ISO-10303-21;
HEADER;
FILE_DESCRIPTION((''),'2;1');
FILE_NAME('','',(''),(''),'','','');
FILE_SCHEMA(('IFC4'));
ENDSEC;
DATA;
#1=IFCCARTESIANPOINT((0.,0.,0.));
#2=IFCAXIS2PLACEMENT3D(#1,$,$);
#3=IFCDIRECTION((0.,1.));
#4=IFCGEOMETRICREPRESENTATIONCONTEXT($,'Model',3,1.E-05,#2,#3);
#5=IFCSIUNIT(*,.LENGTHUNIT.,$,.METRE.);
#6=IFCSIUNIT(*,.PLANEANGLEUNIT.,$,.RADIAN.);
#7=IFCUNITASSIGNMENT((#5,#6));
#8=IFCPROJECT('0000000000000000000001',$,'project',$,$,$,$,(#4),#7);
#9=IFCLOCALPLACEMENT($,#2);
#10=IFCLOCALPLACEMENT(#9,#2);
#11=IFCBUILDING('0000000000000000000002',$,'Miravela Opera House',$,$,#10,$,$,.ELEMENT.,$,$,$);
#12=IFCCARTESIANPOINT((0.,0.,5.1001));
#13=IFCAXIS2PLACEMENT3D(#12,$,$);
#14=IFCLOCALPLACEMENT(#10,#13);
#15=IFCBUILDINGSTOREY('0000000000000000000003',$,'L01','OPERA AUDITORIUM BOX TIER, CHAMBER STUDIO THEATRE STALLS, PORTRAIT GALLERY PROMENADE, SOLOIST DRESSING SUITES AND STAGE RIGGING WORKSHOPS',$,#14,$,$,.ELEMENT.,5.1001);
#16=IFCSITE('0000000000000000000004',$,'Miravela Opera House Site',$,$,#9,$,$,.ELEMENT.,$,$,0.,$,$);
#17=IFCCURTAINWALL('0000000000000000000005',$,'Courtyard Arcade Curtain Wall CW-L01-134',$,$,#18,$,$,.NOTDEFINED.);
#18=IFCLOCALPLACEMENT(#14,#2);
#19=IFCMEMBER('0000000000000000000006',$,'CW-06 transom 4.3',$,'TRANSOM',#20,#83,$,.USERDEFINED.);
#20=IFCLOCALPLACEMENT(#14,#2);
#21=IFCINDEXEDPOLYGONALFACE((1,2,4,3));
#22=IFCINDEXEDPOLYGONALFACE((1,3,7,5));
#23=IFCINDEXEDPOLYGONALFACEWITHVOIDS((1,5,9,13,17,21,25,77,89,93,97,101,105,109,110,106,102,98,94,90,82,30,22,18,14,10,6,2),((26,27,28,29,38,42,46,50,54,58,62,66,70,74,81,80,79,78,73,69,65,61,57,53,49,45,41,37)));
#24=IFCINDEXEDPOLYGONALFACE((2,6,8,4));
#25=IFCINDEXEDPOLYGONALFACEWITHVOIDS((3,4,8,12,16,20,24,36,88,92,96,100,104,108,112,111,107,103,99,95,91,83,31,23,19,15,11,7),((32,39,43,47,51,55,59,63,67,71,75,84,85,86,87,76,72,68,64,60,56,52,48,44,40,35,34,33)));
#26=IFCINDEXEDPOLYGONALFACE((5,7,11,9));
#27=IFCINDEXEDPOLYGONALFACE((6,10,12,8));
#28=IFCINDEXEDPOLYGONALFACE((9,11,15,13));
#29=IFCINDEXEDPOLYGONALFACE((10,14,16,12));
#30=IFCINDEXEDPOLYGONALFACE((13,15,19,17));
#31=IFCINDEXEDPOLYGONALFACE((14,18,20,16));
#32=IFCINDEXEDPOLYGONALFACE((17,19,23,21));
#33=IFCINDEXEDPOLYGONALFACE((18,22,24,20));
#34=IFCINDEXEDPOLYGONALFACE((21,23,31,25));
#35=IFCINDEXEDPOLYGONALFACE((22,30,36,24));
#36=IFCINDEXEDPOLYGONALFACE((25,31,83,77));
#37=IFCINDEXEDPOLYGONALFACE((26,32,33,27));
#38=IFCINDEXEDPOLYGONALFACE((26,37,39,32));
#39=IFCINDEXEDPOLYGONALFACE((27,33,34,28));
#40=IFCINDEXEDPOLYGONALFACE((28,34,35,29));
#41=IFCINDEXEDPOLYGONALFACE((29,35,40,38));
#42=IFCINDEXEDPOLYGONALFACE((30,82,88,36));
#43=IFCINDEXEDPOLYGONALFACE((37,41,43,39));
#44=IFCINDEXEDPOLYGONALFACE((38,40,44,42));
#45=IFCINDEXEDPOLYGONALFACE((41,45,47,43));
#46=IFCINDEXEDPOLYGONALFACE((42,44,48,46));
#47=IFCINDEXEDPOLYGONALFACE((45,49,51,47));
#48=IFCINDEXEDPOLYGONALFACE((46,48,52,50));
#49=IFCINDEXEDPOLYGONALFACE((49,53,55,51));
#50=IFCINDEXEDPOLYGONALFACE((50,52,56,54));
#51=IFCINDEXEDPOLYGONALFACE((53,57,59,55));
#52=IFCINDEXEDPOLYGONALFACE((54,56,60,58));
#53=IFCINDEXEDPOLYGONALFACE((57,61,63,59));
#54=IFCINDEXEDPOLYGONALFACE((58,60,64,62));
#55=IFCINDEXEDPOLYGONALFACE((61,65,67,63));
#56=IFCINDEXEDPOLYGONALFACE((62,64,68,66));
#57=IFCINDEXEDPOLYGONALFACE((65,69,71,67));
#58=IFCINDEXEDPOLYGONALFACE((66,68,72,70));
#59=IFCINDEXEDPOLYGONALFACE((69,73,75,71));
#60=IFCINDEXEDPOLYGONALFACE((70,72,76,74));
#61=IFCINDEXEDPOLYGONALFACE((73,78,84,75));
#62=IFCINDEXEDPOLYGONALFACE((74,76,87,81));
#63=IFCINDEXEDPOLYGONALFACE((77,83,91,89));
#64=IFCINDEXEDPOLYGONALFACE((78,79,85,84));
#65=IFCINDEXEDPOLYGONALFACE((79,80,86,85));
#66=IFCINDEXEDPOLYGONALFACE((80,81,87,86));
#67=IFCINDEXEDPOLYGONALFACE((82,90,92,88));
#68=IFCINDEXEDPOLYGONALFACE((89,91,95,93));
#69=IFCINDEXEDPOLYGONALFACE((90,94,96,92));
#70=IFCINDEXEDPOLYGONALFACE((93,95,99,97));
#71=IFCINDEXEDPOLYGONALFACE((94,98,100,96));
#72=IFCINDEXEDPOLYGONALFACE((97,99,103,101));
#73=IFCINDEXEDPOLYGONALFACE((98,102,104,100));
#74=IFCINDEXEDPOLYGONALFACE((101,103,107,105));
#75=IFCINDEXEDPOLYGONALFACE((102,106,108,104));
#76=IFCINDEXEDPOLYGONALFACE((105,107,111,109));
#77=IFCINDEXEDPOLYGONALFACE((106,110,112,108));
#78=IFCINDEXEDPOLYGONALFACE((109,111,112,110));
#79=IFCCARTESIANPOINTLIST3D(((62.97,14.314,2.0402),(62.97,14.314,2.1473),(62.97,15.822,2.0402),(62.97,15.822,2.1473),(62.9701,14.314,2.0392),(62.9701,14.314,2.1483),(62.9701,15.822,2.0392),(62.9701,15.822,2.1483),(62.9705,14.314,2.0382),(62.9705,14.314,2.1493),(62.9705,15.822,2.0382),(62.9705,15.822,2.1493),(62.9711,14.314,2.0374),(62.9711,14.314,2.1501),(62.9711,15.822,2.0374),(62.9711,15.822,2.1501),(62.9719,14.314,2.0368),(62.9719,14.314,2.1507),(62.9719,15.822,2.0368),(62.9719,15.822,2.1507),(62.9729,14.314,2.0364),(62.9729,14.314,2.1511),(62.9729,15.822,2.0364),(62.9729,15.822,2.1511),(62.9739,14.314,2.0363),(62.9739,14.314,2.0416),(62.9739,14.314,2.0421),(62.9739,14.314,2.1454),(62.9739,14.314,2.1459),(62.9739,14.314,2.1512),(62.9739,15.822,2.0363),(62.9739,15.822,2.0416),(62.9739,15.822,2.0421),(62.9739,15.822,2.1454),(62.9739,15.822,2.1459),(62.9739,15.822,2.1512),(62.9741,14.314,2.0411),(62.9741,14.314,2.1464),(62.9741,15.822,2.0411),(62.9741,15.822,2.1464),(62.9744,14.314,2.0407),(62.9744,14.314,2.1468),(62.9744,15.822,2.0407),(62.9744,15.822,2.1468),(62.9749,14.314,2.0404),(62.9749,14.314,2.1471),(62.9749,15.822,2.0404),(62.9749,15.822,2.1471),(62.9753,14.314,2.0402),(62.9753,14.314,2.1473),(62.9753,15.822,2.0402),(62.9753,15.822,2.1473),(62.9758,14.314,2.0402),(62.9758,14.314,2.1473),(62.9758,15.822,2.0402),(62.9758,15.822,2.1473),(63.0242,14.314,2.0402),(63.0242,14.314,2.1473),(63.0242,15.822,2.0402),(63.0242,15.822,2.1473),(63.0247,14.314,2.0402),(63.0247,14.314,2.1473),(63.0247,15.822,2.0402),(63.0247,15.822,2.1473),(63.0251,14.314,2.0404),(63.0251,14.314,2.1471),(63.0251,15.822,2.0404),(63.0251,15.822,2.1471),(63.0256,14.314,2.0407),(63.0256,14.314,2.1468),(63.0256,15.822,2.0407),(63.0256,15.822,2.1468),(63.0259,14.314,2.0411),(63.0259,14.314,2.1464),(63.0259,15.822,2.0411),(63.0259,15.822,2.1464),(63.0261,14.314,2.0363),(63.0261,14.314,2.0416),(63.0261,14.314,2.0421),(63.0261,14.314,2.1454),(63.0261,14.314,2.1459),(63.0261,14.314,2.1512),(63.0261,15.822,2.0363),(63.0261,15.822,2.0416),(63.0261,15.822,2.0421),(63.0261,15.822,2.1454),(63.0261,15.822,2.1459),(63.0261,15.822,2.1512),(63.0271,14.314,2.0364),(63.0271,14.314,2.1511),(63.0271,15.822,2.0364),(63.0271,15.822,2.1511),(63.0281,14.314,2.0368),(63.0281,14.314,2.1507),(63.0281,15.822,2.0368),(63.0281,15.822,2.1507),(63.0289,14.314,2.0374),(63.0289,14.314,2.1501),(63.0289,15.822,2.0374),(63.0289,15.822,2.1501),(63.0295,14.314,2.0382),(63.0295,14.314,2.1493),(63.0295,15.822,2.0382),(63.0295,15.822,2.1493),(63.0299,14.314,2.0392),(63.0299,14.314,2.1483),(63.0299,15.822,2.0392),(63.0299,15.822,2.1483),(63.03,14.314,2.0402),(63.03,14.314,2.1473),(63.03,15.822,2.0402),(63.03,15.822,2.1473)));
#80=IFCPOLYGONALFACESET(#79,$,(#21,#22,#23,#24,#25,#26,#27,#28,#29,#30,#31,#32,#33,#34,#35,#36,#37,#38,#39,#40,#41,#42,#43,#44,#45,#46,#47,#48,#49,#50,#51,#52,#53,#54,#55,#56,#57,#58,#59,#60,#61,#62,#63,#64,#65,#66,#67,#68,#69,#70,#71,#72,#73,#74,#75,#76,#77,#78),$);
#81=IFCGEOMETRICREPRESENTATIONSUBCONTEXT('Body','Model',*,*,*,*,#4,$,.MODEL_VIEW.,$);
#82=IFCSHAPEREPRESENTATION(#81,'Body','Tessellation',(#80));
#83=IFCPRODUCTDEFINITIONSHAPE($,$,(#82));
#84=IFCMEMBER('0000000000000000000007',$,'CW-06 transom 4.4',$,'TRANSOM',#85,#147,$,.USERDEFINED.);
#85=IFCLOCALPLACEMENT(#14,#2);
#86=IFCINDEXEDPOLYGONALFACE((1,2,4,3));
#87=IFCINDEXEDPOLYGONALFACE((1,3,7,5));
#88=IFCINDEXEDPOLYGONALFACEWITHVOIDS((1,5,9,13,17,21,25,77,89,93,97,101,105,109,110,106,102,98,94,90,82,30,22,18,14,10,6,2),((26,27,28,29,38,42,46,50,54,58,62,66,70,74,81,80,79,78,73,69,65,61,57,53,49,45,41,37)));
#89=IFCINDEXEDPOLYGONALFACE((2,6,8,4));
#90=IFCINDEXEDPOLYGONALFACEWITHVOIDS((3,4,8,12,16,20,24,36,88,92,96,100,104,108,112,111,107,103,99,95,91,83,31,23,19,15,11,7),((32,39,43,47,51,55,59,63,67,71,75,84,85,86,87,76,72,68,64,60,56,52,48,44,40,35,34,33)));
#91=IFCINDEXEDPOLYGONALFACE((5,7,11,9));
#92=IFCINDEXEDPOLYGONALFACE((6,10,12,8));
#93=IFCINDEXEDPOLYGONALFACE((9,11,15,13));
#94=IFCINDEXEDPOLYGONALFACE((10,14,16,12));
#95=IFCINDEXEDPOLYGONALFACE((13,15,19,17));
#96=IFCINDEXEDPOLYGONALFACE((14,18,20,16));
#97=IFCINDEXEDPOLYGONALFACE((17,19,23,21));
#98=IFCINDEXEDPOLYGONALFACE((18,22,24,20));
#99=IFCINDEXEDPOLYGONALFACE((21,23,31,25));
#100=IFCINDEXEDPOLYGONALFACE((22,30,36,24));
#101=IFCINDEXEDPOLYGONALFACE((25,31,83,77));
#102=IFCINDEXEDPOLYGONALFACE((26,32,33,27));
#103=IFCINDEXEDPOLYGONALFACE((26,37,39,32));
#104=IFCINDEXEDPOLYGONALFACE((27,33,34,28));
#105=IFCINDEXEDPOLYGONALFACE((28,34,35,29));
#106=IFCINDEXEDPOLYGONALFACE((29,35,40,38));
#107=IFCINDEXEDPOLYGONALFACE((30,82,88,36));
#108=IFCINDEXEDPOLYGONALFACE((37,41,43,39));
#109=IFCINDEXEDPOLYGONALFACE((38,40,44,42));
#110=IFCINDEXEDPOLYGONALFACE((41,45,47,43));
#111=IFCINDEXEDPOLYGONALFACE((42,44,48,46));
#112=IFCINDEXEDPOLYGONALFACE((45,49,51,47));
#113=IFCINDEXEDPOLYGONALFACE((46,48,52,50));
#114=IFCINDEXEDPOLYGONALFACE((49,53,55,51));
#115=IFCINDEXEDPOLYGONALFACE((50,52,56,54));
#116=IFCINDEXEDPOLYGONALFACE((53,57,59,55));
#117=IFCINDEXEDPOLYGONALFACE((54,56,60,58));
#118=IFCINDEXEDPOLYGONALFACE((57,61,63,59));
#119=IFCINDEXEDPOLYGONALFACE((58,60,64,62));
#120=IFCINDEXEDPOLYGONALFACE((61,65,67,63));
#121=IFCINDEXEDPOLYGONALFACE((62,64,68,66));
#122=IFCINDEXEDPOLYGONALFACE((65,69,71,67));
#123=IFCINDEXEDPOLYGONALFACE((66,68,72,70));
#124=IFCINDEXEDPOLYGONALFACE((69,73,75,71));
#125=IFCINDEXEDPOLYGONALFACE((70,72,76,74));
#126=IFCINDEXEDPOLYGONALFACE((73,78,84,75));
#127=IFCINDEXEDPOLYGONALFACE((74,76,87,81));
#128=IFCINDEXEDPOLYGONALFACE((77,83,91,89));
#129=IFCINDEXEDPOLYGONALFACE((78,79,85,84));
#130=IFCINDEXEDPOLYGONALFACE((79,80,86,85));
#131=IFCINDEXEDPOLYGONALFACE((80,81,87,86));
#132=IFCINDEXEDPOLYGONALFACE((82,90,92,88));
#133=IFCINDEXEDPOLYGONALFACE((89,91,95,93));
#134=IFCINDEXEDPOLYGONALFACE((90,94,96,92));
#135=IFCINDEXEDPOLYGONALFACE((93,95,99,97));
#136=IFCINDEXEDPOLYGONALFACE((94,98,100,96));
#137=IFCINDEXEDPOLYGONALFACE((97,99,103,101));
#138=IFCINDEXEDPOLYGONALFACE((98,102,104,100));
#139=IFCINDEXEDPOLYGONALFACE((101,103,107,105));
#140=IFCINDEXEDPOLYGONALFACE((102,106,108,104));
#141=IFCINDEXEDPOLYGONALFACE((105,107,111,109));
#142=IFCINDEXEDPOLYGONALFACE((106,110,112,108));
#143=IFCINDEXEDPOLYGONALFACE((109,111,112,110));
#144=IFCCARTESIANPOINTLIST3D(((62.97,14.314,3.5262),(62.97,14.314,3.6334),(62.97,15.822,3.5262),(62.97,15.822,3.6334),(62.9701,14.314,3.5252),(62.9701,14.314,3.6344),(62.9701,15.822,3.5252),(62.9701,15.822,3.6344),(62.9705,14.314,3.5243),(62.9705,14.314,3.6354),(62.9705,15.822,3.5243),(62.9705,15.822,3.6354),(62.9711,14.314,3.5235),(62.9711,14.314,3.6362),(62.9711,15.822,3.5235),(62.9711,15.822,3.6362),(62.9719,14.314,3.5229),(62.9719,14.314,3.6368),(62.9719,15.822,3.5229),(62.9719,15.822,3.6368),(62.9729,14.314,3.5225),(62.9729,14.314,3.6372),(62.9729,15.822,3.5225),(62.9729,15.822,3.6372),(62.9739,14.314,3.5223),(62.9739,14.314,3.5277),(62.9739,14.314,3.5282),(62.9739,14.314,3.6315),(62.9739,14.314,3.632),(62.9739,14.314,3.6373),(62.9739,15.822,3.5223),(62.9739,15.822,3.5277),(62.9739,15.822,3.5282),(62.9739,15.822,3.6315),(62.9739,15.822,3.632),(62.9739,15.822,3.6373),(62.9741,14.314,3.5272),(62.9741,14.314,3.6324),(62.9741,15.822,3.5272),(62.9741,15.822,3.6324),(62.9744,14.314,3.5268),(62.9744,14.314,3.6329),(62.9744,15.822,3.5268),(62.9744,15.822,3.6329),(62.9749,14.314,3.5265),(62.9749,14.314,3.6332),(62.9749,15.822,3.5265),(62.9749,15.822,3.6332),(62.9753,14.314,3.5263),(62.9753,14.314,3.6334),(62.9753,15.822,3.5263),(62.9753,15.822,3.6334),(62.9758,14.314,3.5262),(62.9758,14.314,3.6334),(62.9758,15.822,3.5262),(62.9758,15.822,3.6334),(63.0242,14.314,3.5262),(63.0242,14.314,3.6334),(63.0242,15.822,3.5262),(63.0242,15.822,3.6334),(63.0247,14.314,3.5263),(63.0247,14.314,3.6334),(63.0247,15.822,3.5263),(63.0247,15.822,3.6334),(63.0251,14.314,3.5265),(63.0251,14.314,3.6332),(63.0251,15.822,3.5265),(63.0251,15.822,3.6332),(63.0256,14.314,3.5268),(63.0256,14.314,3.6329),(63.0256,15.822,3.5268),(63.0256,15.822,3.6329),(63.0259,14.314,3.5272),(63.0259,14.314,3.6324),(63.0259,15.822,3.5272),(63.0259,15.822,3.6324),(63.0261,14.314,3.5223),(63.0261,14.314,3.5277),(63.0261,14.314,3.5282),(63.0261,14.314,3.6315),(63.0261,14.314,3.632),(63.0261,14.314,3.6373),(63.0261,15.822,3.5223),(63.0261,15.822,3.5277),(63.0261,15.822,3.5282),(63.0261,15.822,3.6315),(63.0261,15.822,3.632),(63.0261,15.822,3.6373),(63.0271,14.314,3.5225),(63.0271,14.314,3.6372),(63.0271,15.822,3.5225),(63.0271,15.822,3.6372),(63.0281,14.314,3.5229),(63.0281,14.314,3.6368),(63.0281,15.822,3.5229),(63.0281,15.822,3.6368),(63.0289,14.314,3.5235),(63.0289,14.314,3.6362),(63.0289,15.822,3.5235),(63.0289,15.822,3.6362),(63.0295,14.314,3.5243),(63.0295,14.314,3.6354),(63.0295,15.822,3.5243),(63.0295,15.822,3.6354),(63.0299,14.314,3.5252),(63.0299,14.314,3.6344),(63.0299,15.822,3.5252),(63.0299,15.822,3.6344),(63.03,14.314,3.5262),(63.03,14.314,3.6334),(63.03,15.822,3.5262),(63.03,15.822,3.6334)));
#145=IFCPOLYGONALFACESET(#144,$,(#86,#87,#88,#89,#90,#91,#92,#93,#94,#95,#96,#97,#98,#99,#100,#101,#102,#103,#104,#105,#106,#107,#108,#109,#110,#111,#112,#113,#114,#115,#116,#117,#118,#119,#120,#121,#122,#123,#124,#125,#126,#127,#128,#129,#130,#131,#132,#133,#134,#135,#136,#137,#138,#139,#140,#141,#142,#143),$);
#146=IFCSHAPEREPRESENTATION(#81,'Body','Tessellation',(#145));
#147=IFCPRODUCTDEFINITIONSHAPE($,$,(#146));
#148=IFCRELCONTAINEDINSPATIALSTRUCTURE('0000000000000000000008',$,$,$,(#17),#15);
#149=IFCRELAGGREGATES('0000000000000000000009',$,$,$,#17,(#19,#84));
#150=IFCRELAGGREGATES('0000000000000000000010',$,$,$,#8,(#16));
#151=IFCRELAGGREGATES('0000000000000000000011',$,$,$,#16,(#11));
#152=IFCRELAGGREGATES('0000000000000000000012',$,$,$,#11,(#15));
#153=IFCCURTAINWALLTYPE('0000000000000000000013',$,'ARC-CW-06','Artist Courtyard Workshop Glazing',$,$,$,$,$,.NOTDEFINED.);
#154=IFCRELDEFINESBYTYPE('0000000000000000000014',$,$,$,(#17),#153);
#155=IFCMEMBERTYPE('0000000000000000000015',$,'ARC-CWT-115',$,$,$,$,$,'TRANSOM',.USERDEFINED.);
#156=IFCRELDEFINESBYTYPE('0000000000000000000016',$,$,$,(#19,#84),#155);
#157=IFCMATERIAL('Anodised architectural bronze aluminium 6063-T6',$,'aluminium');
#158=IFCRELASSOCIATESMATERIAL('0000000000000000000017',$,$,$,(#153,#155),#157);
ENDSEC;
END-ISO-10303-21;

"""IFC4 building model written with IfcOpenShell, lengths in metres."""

from ifc_helpers import new_model, si_unit, direction, frame, origin, origin_2d, place, context, subcontext, project, spatial, hollow_rectangle, extrude, material, material_profile, profile_set, type_object, element, aggregate, save


model = new_model("IFC4")

# Units and contexts
model_context = context("Model", 3, precision=1e-05, world=origin(), true_north=direction((0.0, 1.0)))
body_context = subcontext(model_context, "Body", "Model", "MODEL_VIEW")
ifc_project = project(units=[si_unit("LENGTHUNIT", "METRE"), si_unit("PLANEANGLEUNIT", "RADIAN")], contexts=[model_context])

# Site, building, storey
site_placement = place(None, origin())
site = spatial("IfcSite", under=ifc_project, at=site_placement, Name="Miravela Opera House Site", CompositionType="ELEMENT", RefElevation=0.0)
building_placement = place(site_placement, origin())
building = spatial("IfcBuilding", under=site, at=building_placement, Name="Miravela Opera House", CompositionType="ELEMENT")
storey_placement = place(building_placement, frame((0.0, 0.0, 5.1001)))
storey = spatial("IfcBuildingStorey", under=building, at=storey_placement, Name="L01", Description="OPERA AUDITORIUM BOX TIER, CHAMBER STUDIO THEATRE STALLS, PORTRAIT GALLERY PROMENADE, SOLOIST DRESSING SUITES AND STAGE RIGGING WORKSHOPS", CompositionType="ELEMENT", Elevation=5.1001)

# Curtain wall, members
ifc_material_1 = material(Name="Anodised architectural bronze aluminium 6063-T6", Category="aluminium")
curtain_wall_type = type_object("IfcCurtainWallType", Name="ARC-CW-06", Description="Artist Courtyard Workshop Glazing", PredefinedType="NOTDEFINED", material=ifc_material_1)
curtain_wall_placement = place(storey_placement, origin())
curtain_wall = element("IfcCurtainWall", 1, at=curtain_wall_placement, inside=storey, type_object=curtain_wall_type, Name="Courtyard Arcade Curtain Wall CW-L01-134", PredefinedType="NOTDEFINED")
ifc_material_profile_1 = material_profile(ifc_material_1, hollow_rectangle(XDim=0.0601, YDim=0.115, WallThickness=0.0039, InnerFilletRadius=0.002, OuterFilletRadius=0.0039, at=origin_2d()), Name="CWT-60X115")
ifc_profile_set_1 = profile_set([ifc_material_profile_1])
member_type_1 = type_object("IfcMemberType", Name="ARC-CWT-115", ElementType="TRANSOM", PredefinedType="USERDEFINED", material=ifc_profile_set_1)
member_1_placement = place(storey_placement, frame((63.0, 14.314, 2.0938), z_axis=(0.0, 1.0, 0.0), x_axis=(-1.0, 0.0, 0.0)))
member_1 = element("IfcMember", 2, at=member_1_placement, type_object=member_type_1, Name="CW-06 transom 4.3", ObjectType="TRANSOM", PredefinedType="USERDEFINED", context=body_context, shape_type="SweptSolid", body=[
    extrude(hollow_rectangle(XDim=0.0601, YDim=0.115, WallThickness=0.0039, InnerFilletRadius=0.002, OuterFilletRadius=0.0039, at=origin_2d()), origin(), (0.0, 0.0, 1.0), 1.5081),
])
member_2_placement = place(storey_placement, frame((63.0, 14.314, 3.5798), z_axis=(0.0, 1.0, 0.0), x_axis=(-1.0, 0.0, 0.0)))
member_2 = element("IfcMember", 3, at=member_2_placement, type_object=member_type_1, Name="CW-06 transom 4.4", ObjectType="TRANSOM", PredefinedType="USERDEFINED", context=body_context, shape_type="SweptSolid", body=[
    extrude(hollow_rectangle(XDim=0.0601, YDim=0.115, WallThickness=0.0039, InnerFilletRadius=0.002, OuterFilletRadius=0.0039, at=origin_2d()), origin(), (0.0, 0.0, 1.0), 1.5081),
])

aggregate(curtain_wall, [member_1, member_2])

save(model, "model.ifc")
